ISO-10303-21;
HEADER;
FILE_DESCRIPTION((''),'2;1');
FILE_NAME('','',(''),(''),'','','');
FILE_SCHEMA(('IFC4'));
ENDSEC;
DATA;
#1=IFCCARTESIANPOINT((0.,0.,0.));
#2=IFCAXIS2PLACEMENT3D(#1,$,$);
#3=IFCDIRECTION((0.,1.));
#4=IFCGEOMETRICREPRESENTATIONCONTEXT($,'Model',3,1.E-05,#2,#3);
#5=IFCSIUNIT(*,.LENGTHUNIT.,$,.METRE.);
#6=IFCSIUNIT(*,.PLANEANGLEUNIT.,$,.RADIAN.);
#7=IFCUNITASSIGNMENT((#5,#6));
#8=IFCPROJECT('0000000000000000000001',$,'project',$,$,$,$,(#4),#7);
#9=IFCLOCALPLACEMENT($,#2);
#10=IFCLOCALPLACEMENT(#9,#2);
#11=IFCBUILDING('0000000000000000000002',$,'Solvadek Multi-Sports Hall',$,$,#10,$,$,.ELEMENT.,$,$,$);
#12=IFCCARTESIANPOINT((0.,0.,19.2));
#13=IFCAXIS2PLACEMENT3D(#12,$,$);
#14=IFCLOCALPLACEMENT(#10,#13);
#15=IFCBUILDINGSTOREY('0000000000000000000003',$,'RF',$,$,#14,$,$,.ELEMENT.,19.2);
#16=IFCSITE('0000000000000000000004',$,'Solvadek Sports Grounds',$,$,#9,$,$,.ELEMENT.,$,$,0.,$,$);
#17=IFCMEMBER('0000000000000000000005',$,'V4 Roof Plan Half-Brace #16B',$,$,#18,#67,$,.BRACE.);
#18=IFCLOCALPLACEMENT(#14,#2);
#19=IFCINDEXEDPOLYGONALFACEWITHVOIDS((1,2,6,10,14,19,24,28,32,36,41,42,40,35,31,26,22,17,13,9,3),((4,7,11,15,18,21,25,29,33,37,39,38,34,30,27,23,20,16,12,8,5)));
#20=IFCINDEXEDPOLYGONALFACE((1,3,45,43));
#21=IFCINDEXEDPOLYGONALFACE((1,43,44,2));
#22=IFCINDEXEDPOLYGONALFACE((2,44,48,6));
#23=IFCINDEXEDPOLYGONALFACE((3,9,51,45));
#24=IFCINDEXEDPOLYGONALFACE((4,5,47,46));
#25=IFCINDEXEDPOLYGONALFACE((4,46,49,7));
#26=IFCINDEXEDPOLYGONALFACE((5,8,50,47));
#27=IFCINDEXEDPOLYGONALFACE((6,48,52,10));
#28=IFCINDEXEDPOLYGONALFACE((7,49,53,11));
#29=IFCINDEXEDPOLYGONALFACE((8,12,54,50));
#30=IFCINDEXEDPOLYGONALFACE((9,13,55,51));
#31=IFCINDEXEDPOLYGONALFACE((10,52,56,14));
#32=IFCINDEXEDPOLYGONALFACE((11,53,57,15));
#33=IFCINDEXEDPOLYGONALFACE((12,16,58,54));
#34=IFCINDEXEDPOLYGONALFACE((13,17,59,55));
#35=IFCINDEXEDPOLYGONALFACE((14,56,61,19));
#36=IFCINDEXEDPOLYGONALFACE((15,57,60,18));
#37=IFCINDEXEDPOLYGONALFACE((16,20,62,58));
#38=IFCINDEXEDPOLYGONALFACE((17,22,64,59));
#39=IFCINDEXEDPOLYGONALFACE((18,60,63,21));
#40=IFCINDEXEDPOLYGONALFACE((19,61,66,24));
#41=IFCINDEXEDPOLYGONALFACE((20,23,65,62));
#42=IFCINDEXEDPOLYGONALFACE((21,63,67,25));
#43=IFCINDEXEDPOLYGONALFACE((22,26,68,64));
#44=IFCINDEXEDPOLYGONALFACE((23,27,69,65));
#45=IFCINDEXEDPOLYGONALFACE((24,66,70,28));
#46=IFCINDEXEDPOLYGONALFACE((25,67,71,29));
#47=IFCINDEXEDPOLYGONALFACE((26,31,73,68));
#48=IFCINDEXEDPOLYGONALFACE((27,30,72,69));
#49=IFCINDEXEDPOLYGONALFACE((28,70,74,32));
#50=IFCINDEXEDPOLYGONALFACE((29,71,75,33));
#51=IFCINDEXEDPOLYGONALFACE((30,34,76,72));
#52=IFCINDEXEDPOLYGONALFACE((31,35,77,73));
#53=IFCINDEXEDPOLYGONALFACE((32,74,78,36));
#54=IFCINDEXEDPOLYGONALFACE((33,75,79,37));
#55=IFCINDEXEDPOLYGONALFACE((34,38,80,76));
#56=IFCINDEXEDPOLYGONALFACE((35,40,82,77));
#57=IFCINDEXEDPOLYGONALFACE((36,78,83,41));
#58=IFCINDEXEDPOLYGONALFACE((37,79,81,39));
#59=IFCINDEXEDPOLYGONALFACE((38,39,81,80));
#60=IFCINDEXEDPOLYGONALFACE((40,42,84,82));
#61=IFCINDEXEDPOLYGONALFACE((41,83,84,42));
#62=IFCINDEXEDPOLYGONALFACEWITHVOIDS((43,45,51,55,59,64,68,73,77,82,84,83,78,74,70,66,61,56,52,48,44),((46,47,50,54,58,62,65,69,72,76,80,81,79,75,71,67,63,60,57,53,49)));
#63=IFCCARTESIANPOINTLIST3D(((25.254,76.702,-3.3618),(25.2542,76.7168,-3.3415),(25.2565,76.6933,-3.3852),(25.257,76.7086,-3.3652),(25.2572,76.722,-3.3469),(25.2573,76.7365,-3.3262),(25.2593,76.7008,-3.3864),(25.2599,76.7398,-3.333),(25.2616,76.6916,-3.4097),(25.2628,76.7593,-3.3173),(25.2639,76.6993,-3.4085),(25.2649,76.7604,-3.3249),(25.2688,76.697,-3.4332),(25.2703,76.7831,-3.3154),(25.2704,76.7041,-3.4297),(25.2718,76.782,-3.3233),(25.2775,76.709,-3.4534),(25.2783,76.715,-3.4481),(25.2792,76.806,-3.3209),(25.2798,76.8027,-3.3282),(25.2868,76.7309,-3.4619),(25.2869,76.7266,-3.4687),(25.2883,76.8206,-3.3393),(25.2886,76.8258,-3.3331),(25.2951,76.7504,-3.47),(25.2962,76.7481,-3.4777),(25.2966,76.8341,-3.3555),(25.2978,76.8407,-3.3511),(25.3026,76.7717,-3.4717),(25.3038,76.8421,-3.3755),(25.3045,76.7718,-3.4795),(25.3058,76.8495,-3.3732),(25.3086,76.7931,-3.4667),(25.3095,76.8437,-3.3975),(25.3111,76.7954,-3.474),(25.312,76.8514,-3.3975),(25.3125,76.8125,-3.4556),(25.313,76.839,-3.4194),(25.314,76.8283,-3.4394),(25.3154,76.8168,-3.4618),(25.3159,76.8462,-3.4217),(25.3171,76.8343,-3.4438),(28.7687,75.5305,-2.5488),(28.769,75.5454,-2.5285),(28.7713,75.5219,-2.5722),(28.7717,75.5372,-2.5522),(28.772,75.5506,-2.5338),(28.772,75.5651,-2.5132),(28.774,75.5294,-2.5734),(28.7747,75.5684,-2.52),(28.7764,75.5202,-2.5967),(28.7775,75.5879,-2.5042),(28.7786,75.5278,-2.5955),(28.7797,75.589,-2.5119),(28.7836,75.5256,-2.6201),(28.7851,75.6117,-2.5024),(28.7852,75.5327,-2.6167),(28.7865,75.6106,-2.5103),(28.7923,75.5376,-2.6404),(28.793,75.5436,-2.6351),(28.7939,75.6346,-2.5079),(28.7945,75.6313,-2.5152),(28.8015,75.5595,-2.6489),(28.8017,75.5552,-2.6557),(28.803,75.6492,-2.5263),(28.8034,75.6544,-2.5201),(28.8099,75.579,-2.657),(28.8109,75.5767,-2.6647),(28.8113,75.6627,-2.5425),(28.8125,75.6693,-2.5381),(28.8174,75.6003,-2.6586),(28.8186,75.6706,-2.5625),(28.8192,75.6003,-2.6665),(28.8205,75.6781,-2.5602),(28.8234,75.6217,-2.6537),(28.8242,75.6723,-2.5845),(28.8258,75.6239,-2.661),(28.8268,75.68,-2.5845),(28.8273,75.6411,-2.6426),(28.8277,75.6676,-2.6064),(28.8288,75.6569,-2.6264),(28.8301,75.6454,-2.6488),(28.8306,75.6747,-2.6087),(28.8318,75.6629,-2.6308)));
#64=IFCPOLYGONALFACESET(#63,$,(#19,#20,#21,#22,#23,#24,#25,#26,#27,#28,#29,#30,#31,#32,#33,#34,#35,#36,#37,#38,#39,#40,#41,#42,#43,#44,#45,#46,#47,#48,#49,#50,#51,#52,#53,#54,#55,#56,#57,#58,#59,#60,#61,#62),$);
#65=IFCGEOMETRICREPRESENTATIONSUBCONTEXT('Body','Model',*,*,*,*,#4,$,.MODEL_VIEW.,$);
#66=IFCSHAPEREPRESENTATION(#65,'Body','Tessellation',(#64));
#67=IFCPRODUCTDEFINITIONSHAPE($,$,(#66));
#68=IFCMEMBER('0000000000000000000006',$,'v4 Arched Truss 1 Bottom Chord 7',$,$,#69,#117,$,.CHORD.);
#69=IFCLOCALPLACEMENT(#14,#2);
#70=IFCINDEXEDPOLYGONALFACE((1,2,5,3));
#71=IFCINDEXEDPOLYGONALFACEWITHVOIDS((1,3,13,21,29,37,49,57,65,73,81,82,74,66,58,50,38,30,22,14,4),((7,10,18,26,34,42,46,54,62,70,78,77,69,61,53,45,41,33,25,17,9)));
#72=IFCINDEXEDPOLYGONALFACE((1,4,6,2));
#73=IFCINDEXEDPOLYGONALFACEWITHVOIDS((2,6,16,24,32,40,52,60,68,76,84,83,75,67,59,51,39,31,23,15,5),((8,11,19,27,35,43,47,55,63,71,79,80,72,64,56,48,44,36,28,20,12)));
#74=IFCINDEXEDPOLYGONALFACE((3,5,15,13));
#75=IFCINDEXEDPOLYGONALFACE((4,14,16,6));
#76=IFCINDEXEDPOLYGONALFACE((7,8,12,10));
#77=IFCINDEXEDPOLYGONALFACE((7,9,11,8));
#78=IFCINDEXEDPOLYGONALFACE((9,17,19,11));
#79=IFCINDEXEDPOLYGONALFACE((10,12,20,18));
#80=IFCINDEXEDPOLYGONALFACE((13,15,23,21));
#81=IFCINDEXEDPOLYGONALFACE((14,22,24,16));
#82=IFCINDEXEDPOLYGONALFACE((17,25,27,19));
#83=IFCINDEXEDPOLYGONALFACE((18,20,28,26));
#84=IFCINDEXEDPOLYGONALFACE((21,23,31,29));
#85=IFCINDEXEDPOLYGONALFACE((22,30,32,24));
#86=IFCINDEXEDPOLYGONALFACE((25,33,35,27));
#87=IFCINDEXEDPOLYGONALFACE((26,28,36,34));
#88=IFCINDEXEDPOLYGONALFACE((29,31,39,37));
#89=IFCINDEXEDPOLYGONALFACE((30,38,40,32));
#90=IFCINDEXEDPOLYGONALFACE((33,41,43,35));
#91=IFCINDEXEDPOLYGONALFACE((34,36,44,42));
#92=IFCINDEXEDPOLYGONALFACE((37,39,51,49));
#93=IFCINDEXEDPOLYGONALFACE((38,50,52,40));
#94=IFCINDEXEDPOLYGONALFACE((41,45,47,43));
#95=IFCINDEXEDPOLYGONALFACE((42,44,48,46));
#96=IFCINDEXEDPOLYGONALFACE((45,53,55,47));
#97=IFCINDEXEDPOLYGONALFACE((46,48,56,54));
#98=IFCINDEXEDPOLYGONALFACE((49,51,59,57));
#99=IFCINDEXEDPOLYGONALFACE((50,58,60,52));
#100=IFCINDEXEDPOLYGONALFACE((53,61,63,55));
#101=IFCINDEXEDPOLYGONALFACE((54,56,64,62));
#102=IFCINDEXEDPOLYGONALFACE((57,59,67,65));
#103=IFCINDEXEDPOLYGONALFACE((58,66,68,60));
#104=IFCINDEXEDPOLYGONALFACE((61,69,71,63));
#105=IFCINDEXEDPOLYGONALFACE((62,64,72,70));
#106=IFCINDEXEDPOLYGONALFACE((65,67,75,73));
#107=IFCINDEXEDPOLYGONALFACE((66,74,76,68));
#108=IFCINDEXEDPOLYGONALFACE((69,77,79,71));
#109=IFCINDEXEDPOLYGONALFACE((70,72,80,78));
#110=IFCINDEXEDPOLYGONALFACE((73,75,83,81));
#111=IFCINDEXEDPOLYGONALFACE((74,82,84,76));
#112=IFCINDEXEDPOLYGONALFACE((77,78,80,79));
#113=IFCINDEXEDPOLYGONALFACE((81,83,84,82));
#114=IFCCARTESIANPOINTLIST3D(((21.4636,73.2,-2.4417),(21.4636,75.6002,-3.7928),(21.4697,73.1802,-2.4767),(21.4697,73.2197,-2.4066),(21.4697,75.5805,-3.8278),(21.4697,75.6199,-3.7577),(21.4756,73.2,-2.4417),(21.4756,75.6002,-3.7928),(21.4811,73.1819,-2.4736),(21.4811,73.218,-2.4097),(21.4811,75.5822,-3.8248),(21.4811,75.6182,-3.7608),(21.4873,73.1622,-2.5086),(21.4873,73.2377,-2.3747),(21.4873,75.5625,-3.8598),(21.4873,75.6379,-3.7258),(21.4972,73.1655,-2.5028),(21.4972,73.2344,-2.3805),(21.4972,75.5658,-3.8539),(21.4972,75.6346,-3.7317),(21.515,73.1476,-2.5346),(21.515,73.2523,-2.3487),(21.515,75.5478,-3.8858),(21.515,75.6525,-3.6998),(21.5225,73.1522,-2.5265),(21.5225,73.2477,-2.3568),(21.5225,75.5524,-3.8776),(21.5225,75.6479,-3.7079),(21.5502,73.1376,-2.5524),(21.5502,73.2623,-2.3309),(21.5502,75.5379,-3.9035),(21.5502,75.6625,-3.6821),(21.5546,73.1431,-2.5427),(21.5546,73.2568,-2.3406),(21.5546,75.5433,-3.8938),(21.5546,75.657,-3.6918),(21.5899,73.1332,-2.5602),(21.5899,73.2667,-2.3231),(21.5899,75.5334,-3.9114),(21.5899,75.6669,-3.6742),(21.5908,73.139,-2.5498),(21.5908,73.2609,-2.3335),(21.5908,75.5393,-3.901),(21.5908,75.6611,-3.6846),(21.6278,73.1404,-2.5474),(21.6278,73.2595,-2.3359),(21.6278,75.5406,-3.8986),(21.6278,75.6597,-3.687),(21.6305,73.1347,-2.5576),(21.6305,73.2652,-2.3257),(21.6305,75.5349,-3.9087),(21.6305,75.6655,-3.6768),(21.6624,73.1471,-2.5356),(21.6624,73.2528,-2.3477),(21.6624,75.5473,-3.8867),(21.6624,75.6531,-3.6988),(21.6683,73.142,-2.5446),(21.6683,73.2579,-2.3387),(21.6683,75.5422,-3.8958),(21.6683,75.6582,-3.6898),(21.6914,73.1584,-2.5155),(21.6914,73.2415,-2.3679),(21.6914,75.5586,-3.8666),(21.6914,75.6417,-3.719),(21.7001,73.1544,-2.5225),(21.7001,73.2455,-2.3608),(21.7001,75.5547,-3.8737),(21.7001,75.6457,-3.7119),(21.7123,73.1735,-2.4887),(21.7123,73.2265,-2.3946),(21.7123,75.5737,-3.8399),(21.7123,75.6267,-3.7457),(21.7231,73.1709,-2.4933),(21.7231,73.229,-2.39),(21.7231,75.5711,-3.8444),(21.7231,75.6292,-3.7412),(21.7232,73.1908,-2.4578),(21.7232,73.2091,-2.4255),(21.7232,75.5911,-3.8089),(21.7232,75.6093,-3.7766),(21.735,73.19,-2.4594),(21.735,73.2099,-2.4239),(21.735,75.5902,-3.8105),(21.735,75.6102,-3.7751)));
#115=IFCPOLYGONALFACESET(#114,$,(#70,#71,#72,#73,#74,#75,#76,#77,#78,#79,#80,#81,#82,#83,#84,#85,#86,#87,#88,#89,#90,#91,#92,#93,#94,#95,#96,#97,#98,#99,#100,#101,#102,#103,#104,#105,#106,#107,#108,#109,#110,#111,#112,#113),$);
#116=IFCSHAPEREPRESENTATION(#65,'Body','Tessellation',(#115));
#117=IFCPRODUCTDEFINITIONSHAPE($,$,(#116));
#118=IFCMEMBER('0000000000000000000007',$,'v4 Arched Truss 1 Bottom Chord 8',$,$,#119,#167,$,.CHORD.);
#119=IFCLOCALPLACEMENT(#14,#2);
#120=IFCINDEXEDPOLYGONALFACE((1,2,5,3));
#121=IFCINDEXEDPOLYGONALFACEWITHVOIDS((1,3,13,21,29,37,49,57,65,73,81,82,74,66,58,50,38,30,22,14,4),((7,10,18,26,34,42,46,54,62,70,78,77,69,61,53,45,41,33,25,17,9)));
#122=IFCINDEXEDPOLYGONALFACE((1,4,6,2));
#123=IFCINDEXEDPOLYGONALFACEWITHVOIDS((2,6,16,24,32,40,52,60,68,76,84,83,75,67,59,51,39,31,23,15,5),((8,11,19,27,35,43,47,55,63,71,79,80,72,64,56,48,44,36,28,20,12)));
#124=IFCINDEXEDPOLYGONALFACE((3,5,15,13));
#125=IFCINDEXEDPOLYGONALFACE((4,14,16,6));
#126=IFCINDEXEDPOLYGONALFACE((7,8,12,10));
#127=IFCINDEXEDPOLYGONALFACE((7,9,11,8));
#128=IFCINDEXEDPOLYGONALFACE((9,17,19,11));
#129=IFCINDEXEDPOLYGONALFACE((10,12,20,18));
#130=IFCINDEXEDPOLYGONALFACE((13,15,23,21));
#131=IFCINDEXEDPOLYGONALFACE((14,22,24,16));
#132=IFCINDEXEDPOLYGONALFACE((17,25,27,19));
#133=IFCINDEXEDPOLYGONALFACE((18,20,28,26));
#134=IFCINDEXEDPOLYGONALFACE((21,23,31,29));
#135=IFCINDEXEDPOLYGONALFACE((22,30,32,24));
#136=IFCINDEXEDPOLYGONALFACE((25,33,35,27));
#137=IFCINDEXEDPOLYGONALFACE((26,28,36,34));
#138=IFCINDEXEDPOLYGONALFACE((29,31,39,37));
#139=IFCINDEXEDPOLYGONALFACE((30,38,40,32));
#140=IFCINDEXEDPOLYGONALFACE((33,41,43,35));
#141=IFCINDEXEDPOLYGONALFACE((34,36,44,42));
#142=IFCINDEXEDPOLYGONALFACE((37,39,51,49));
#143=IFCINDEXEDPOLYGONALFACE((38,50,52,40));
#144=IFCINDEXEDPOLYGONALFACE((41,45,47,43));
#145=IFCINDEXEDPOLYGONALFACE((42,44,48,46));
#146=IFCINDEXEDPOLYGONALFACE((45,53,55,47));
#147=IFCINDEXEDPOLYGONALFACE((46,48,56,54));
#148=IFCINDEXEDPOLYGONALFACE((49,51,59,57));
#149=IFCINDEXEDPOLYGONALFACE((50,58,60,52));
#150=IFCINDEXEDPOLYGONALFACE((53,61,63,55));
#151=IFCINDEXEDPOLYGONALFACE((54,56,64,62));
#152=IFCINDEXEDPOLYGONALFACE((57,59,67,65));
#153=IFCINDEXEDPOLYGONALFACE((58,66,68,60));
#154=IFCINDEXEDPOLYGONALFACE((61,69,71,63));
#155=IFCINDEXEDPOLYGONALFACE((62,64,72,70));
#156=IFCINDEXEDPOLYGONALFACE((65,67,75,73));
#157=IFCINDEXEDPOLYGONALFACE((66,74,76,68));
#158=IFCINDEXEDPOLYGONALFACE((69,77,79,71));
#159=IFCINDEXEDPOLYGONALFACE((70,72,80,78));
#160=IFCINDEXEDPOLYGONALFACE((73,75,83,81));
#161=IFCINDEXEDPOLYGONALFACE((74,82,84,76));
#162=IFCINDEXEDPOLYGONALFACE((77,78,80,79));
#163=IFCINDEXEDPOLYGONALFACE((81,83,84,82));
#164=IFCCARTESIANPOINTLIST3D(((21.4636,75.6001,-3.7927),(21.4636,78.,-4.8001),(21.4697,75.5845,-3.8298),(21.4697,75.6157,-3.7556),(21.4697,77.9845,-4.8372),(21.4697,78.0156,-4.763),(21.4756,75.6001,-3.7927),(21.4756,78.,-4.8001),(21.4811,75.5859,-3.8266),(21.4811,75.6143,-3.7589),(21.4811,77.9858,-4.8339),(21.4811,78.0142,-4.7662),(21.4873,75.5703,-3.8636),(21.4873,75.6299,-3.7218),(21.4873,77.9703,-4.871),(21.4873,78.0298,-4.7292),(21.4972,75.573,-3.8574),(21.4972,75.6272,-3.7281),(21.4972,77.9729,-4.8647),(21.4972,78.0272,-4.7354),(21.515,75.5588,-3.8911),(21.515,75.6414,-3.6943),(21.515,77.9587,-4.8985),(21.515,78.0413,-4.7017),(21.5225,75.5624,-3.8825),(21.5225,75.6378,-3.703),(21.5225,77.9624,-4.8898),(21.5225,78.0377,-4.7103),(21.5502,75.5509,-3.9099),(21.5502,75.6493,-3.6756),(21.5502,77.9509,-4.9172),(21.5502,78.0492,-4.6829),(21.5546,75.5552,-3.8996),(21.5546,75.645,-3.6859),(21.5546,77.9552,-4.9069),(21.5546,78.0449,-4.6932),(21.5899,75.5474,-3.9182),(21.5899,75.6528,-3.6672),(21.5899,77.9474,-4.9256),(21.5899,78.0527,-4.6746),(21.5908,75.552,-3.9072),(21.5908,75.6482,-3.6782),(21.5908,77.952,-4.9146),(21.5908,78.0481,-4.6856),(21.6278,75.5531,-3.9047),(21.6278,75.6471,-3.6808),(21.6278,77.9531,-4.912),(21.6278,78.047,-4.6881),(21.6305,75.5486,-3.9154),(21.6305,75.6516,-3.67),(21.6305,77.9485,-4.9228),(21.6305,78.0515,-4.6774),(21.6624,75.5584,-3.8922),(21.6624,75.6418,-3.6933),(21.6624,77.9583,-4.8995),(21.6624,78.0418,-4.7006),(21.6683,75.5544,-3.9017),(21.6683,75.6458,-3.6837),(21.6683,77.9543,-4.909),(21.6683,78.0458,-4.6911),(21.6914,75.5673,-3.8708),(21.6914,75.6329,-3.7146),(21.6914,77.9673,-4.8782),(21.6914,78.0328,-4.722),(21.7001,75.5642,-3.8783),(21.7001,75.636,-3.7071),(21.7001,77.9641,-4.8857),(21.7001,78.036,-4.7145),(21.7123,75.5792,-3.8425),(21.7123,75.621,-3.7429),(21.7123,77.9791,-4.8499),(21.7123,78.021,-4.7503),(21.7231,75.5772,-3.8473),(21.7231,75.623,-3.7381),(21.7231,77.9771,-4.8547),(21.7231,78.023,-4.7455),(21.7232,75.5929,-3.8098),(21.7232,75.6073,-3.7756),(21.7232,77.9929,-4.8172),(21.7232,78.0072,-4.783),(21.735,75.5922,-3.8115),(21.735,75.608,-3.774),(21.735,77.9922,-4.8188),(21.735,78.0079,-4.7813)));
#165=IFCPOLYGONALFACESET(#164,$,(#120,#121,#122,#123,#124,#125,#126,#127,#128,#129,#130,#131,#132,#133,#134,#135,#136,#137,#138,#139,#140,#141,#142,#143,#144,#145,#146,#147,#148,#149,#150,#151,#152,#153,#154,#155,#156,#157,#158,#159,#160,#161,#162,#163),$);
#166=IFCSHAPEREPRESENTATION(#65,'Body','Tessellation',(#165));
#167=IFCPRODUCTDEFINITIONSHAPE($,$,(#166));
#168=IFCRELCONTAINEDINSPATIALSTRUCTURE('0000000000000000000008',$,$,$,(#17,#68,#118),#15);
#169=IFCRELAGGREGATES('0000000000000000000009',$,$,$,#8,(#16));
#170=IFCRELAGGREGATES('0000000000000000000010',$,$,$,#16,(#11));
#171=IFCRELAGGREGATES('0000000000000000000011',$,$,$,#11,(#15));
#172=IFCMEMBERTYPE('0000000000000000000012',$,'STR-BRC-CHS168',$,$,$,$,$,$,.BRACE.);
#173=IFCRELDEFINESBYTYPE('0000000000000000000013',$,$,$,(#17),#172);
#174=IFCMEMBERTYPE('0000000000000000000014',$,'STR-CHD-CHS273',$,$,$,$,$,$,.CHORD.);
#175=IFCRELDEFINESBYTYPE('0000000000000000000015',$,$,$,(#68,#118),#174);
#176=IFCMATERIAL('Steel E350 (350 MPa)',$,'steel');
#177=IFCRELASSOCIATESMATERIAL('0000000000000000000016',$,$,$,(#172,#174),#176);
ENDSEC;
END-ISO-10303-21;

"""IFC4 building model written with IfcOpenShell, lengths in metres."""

from ifc_helpers import new_model, si_unit, direction, frame, origin, origin_2d, place, context, subcontext, project, spatial, hollow_circle, extrude, material, material_profile, profile_set, type_object, element, save


model = new_model("IFC4")

# Units and contexts
model_context = context("Model", 3, precision=1e-05, world=origin(), true_north=direction((0.0, 1.0)))
body_context = subcontext(model_context, "Body", "Model", "MODEL_VIEW")
ifc_project = project(units=[si_unit("LENGTHUNIT", "METRE"), si_unit("PLANEANGLEUNIT", "RADIAN")], contexts=[model_context])

# Site, building, storey
site_placement = place(None, origin())
site = spatial("IfcSite", under=ifc_project, at=site_placement, Name="Solvadek Sports Grounds", CompositionType="ELEMENT", RefElevation=0.0)
building_placement = place(site_placement, origin())
building = spatial("IfcBuilding", under=site, at=building_placement, Name="Solvadek Multi-Sports Hall", CompositionType="ELEMENT")
storey_placement = place(building_placement, frame((0.0, 0.0, 19.2)))
storey = spatial("IfcBuildingStorey", under=building, at=storey_placement, Name="RF", CompositionType="ELEMENT", Elevation=19.2)

# Members
ifc_material_1 = material(Name="Steel E350 (350 MPa)", Category="steel")
ifc_material_profile_1 = material_profile(ifc_material_1, hollow_circle(Radius=0.0842, WallThickness=0.0081, at=origin_2d()), Name="CHS 168.3x8")
ifc_profile_set_1 = profile_set([ifc_material_profile_1], Name="Steel E350 (350 MPa)")
member_type_1 = type_object("IfcMemberType", Name="STR-BRC-CHS168", PredefinedType="BRACE", material=ifc_profile_set_1)
for number, where, z_axis, x_axis, name in (
    (1, (25.2854, 76.7715, -3.3975), (0.926647, -0.308839, 0.214347), (0.316188, 0.948696, 0.0), "V4 Roof Plan Half-Brace #16B"),
):
    element("IfcMember", number, at=place(storey_placement, frame(where, z_axis=z_axis, x_axis=x_axis)), inside=storey, type_object=member_type_1, Name=name, PredefinedType="BRACE", context=body_context, shape_type="SweptSolid", body=[
        extrude(hollow_circle(Radius=0.0842, WallThickness=0.0081, at=origin_2d()), origin(), (0.0, 0.0, 1.0), 3.793),
    ])
ifc_material_profile_2 = material_profile(ifc_material_1, hollow_circle(Radius=0.1365, WallThickness=0.012, at=origin_2d()), Name="CHS 273.0x12")
ifc_profile_set_2 = profile_set([ifc_material_profile_2], Name="Steel E350 (350 MPa)")
member_type_2 = type_object("IfcMemberType", Name="STR-CHD-CHS273", PredefinedType="CHORD", material=ifc_profile_set_2)
member_1_placement = place(storey_placement, frame((21.6001, 73.2, -2.4417), z_axis=(0.0, 0.871422, -0.490535), x_axis=(-1.0, 0.0, 0.0)))
element("IfcMember", 2, at=member_1_placement, inside=storey, type_object=member_type_2, Name="v4 Arched Truss 1 Bottom Chord 7", PredefinedType="CHORD", context=body_context, shape_type="SweptSolid", body=[
    extrude(hollow_circle(Radius=0.1365, WallThickness=0.012, at=origin_2d()), origin(), (0.0, 0.0, 1.0), 2.7544),
])
member_2_placement = place(storey_placement, frame((21.6001, 75.6001, -3.7927), z_axis=(0.0, 0.922069, -0.387025), x_axis=(-1.0, 0.0, 0.0)))
element("IfcMember", 3, at=member_2_placement, inside=storey, type_object=member_type_2, Name="v4 Arched Truss 1 Bottom Chord 8", PredefinedType="CHORD", context=body_context, shape_type="SweptSolid", body=[
    extrude(hollow_circle(Radius=0.1365, WallThickness=0.012, at=origin_2d()), origin(), (0.0, 0.0, 1.0), 2.6028),
])

save(model, "model.ifc")
